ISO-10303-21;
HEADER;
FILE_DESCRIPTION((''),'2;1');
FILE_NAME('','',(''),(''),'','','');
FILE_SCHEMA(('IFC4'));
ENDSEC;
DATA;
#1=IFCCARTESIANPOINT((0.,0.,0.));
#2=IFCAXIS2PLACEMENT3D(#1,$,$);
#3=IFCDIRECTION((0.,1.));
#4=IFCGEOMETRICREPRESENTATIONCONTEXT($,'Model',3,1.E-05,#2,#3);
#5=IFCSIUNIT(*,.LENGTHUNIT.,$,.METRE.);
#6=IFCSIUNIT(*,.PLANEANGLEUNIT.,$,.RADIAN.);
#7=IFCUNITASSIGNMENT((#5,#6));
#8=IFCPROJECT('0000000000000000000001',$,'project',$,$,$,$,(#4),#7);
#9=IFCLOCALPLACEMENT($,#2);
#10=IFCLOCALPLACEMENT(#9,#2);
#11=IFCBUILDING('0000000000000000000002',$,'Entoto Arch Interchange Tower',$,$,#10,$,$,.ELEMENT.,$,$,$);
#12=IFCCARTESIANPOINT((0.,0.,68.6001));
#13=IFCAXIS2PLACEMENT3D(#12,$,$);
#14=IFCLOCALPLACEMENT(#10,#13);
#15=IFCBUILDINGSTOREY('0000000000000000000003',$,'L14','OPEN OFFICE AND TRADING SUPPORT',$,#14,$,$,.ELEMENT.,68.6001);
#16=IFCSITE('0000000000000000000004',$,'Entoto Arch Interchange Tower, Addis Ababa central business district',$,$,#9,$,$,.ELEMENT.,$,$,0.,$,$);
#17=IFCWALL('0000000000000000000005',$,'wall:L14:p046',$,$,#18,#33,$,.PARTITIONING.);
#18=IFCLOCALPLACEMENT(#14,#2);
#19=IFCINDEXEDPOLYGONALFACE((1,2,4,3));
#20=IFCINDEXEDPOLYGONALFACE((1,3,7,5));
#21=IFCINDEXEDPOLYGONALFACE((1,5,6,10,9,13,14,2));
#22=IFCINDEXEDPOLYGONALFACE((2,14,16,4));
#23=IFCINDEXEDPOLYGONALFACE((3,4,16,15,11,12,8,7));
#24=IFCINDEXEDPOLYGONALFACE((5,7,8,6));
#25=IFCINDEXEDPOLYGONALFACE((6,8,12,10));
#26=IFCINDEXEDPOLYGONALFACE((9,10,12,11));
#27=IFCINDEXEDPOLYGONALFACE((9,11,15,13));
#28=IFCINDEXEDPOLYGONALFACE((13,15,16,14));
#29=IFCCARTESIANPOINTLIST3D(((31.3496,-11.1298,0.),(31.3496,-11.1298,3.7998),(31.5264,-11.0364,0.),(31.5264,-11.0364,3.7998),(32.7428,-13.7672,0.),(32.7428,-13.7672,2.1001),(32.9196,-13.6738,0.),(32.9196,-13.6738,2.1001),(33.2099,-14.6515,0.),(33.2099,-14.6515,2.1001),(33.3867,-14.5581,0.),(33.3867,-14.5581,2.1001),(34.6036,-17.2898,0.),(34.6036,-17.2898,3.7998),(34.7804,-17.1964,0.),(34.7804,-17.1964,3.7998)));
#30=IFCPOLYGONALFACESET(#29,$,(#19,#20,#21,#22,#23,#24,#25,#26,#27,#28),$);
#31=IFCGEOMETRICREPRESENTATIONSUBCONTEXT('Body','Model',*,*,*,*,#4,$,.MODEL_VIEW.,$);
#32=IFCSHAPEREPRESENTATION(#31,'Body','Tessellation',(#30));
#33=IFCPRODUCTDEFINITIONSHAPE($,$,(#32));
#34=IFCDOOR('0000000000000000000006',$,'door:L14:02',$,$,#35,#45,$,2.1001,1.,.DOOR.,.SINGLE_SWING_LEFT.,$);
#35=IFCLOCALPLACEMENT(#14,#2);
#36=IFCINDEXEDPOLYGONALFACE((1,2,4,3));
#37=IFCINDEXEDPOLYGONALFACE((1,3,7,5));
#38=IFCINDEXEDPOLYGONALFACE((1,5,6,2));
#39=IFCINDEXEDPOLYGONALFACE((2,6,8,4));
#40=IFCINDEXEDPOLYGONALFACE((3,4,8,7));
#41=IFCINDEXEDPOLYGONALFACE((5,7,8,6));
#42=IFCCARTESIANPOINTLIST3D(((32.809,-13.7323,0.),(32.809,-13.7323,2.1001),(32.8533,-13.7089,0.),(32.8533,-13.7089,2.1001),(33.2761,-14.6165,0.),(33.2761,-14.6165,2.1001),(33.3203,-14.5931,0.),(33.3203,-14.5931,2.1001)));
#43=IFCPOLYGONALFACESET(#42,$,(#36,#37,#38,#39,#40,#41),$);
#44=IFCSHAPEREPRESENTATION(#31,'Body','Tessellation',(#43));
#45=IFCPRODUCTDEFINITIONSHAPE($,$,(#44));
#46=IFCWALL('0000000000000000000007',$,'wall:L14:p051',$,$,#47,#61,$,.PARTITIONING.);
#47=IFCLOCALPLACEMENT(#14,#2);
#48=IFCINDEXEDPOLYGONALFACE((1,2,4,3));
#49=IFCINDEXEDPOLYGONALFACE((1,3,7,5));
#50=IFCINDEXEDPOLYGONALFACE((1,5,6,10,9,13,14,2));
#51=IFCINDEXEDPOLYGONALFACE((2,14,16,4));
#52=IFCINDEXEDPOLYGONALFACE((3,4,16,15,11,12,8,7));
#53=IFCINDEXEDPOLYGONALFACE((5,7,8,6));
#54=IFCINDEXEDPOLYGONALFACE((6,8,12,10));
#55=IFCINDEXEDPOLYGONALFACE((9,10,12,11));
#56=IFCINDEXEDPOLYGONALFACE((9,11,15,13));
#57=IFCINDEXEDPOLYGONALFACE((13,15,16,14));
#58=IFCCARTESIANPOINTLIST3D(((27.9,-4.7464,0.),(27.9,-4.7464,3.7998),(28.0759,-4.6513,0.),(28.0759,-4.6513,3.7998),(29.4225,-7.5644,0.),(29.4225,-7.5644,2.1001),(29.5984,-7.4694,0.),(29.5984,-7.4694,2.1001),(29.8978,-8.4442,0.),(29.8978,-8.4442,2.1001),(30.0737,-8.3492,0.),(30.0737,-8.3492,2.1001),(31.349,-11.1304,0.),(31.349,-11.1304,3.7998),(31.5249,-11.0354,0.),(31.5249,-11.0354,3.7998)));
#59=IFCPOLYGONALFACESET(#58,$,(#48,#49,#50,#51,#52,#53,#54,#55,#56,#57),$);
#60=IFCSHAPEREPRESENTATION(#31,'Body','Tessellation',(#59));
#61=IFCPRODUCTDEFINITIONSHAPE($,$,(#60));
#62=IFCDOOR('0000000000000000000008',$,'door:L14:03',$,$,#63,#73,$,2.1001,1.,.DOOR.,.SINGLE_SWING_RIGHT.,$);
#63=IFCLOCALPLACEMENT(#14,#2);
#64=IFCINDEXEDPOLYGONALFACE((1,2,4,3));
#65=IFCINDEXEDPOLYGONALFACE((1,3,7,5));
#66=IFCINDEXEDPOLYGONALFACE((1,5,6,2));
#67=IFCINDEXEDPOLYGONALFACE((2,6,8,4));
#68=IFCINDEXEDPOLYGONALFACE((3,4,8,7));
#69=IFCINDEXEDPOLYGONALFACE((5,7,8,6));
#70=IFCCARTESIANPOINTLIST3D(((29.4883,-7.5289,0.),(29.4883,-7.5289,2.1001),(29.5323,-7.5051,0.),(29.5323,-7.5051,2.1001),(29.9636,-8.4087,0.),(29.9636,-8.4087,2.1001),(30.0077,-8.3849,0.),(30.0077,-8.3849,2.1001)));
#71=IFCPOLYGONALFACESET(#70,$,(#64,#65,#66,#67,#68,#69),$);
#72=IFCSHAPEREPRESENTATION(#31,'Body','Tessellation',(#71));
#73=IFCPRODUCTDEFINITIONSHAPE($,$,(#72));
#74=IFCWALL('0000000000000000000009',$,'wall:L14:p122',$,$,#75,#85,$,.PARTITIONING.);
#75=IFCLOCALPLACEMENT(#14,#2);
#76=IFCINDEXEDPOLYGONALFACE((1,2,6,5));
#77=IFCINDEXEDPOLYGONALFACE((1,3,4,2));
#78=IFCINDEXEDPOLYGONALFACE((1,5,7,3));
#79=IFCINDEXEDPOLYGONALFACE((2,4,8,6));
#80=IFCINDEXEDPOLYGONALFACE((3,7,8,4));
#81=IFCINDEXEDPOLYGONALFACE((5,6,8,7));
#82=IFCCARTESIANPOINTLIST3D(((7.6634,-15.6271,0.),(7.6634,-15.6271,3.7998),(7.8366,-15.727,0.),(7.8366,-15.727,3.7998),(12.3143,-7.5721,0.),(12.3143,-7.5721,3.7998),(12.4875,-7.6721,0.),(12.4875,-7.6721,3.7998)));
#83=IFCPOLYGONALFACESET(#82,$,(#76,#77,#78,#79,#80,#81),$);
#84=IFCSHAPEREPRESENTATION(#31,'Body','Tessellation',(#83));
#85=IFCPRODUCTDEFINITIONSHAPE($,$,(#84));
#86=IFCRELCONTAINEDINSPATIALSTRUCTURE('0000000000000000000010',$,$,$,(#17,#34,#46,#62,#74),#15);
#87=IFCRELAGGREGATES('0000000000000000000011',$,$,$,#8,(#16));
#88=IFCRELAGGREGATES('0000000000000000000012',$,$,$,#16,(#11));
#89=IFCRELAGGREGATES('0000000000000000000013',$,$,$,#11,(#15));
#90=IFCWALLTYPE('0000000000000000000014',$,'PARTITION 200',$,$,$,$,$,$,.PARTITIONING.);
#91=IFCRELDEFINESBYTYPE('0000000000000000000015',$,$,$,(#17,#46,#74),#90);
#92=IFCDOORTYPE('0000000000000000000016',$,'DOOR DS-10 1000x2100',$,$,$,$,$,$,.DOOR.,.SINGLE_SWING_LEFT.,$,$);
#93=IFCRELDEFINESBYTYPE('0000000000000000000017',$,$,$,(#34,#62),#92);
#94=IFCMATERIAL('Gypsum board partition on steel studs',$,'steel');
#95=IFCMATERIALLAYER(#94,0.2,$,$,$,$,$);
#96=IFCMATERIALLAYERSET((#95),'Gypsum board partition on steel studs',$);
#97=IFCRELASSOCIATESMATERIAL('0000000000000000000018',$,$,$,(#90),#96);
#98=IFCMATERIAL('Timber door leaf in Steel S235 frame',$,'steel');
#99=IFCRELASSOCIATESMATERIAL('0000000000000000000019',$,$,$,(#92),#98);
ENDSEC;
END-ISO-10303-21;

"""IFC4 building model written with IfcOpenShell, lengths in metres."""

from ifc_helpers import new_model, si_unit, direction, frame, frame_2d, origin, place, context, subcontext, project, spatial, rectangle, extrude, material, layer, layer_set, type_object, element, fill, save


model = new_model("IFC4")

# Units and contexts
model_context = context("Model", 3, precision=1e-05, world=origin(), true_north=direction((0.0, 1.0)))
body_context = subcontext(model_context, "Body", "Model", "MODEL_VIEW")
ifc_project = project(units=[si_unit("LENGTHUNIT", "METRE"), si_unit("PLANEANGLEUNIT", "RADIAN")], contexts=[model_context])

# Site, building, storey
site_placement = place(None, origin())
site = spatial("IfcSite", under=ifc_project, at=site_placement, Name="Entoto Arch Interchange Tower, Addis Ababa central business district", CompositionType="ELEMENT", RefElevation=0.0)
building_placement = place(site_placement, origin())
building = spatial("IfcBuilding", under=site, at=building_placement, Name="Entoto Arch Interchange Tower", CompositionType="ELEMENT")
storey_placement = place(building_placement, frame((0.0, 0.0, 68.6001)))
storey = spatial("IfcBuildingStorey", under=building, at=storey_placement, Name="L14", Description="OPEN OFFICE AND TRADING SUPPORT", CompositionType="ELEMENT", Elevation=68.6001)

# Shared definitions
ifc_material_1 = material(Name="Gypsum board partition on steel studs", Category="steel")
ifc_layer_1 = layer(ifc_material_1, 0.2)
ifc_layer_set_1 = layer_set([ifc_layer_1], Name="Gypsum board partition on steel studs")
wall_type_1 = type_object("IfcWallType", Name="PARTITION 200", PredefinedType="PARTITIONING", material=ifc_layer_set_1)

# Walls, openings, doors
wall_1_placement = place(storey_placement, frame((31.438, -11.083, 0.0), z_axis=(0.0, 0.0, 1.0), x_axis=(0.467078, -0.884216, 0.0)))
wall_1 = element("IfcWall", 1, at=wall_1_placement, inside=storey, type_object=wall_type_1, Name="wall:L14:p046", PredefinedType="PARTITIONING", context=body_context, shape_type="SweptSolid", body=[
    extrude(rectangle(XDim=6.9666, YDim=0.2, at=frame_2d((3.4834, 0.0))), origin(), (0.0, 0.0, 1.0), 3.7998),
])
opening_1_placement = place(wall_1_placement, frame((2.9829, 0.0, 0.0)))
opening_1 = element("IfcOpeningElement", 2, at=opening_1_placement, cuts=wall_1, PredefinedType="OPENING", context=body_context, shape_type="SweptSolid", body=[
    extrude(rectangle(XDim=1.0, YDim=2.1001, at=frame_2d((0.5, 1.05))), frame((0.0, 0.1099, 0.0), z_axis=(0.0, -1.0, 0.0), x_axis=(1.0, 0.0, 0.0)), (0.0, 0.0, 1.0), 0.22),
])
ifc_material_2 = material(Name="Timber door leaf in Steel S235 frame", Category="steel")
door_type_1 = type_object("IfcDoorType", Name="DOOR DS-10 1000x2100", OperationType="SINGLE_SWING_LEFT", PredefinedType="DOOR", material=ifc_material_2)
door_1_placement = place(opening_1_placement, origin())
door_1 = element("IfcDoor", 3, at=door_1_placement, inside=storey, type_object=door_type_1, Name="door:L14:02", OperationType="SINGLE_SWING_LEFT", OverallHeight=2.1001, OverallWidth=1.0, PredefinedType="DOOR", context=body_context, shape_type="SweptSolid", body=[
    extrude(rectangle(XDim=1.0, YDim=2.1001, at=frame_2d((0.5, 1.05))), frame((0.0, 0.0249, 0.0), z_axis=(0.0, -1.0, 0.0), x_axis=(1.0, 0.0, 0.0)), (0.0, 0.0, 1.0), 0.05),
])
fill(opening_1, door_1)
wall_2_placement = place(storey_placement, frame((27.988, -4.699, 0.0), z_axis=(0.0, 0.0, 1.0), x_axis=(0.475319, -0.879813, 0.0)))
wall_2 = element("IfcWall", 4, at=wall_2_placement, inside=storey, type_object=wall_type_1, Name="wall:L14:p051", PredefinedType="PARTITIONING", context=body_context, shape_type="SweptSolid", body=[
    extrude(rectangle(XDim=7.2561, YDim=0.2, at=frame_2d((3.6279, 0.0))), origin(), (0.0, 0.0, 1.0), 3.7998),
])
opening_2_placement = place(wall_2_placement, frame((3.2029, 0.0, 0.0)))
opening_2 = element("IfcOpeningElement", 5, at=opening_2_placement, cuts=wall_2, PredefinedType="OPENING", context=body_context, shape_type="SweptSolid", body=[
    extrude(rectangle(XDim=1.0, YDim=2.1001, at=frame_2d((0.5, 1.05))), frame((0.0, 0.1099, 0.0), z_axis=(0.0, -1.0, 0.0), x_axis=(1.0, 0.0, 0.0)), (0.0, 0.0, 1.0), 0.22),
])
door_2_placement = place(opening_2_placement, origin())
door_2 = element("IfcDoor", 6, at=door_2_placement, inside=storey, type_object=door_type_1, Name="door:L14:03", OperationType="SINGLE_SWING_RIGHT", OverallHeight=2.1001, OverallWidth=1.0, PredefinedType="DOOR", context=body_context, shape_type="SweptSolid", body=[
    extrude(rectangle(XDim=1.0, YDim=2.1001, at=frame_2d((0.5, 1.05))), frame((0.0, 0.0249, 0.0), z_axis=(0.0, -1.0, 0.0), x_axis=(1.0, 0.0, 0.0)), (0.0, 0.0, 1.0), 0.05),
])
fill(opening_2, door_2)

# Wall
wall_3_placement = place(storey_placement, frame((12.4009, -7.6221, 0.0), z_axis=(0.0, 0.0, 1.0), x_axis=(-0.500029, -0.866009, 0.0)))
element("IfcWall", 7, at=wall_3_placement, inside=storey, type_object=wall_type_1, Name="wall:L14:p122", PredefinedType="PARTITIONING", context=body_context, shape_type="SweptSolid", body=[
    extrude(rectangle(XDim=9.3013, YDim=0.2, at=frame_2d((4.6506, 0.0))), origin(), (0.0, 0.0, 1.0), 3.7998),
])

save(model, "model.ifc")
